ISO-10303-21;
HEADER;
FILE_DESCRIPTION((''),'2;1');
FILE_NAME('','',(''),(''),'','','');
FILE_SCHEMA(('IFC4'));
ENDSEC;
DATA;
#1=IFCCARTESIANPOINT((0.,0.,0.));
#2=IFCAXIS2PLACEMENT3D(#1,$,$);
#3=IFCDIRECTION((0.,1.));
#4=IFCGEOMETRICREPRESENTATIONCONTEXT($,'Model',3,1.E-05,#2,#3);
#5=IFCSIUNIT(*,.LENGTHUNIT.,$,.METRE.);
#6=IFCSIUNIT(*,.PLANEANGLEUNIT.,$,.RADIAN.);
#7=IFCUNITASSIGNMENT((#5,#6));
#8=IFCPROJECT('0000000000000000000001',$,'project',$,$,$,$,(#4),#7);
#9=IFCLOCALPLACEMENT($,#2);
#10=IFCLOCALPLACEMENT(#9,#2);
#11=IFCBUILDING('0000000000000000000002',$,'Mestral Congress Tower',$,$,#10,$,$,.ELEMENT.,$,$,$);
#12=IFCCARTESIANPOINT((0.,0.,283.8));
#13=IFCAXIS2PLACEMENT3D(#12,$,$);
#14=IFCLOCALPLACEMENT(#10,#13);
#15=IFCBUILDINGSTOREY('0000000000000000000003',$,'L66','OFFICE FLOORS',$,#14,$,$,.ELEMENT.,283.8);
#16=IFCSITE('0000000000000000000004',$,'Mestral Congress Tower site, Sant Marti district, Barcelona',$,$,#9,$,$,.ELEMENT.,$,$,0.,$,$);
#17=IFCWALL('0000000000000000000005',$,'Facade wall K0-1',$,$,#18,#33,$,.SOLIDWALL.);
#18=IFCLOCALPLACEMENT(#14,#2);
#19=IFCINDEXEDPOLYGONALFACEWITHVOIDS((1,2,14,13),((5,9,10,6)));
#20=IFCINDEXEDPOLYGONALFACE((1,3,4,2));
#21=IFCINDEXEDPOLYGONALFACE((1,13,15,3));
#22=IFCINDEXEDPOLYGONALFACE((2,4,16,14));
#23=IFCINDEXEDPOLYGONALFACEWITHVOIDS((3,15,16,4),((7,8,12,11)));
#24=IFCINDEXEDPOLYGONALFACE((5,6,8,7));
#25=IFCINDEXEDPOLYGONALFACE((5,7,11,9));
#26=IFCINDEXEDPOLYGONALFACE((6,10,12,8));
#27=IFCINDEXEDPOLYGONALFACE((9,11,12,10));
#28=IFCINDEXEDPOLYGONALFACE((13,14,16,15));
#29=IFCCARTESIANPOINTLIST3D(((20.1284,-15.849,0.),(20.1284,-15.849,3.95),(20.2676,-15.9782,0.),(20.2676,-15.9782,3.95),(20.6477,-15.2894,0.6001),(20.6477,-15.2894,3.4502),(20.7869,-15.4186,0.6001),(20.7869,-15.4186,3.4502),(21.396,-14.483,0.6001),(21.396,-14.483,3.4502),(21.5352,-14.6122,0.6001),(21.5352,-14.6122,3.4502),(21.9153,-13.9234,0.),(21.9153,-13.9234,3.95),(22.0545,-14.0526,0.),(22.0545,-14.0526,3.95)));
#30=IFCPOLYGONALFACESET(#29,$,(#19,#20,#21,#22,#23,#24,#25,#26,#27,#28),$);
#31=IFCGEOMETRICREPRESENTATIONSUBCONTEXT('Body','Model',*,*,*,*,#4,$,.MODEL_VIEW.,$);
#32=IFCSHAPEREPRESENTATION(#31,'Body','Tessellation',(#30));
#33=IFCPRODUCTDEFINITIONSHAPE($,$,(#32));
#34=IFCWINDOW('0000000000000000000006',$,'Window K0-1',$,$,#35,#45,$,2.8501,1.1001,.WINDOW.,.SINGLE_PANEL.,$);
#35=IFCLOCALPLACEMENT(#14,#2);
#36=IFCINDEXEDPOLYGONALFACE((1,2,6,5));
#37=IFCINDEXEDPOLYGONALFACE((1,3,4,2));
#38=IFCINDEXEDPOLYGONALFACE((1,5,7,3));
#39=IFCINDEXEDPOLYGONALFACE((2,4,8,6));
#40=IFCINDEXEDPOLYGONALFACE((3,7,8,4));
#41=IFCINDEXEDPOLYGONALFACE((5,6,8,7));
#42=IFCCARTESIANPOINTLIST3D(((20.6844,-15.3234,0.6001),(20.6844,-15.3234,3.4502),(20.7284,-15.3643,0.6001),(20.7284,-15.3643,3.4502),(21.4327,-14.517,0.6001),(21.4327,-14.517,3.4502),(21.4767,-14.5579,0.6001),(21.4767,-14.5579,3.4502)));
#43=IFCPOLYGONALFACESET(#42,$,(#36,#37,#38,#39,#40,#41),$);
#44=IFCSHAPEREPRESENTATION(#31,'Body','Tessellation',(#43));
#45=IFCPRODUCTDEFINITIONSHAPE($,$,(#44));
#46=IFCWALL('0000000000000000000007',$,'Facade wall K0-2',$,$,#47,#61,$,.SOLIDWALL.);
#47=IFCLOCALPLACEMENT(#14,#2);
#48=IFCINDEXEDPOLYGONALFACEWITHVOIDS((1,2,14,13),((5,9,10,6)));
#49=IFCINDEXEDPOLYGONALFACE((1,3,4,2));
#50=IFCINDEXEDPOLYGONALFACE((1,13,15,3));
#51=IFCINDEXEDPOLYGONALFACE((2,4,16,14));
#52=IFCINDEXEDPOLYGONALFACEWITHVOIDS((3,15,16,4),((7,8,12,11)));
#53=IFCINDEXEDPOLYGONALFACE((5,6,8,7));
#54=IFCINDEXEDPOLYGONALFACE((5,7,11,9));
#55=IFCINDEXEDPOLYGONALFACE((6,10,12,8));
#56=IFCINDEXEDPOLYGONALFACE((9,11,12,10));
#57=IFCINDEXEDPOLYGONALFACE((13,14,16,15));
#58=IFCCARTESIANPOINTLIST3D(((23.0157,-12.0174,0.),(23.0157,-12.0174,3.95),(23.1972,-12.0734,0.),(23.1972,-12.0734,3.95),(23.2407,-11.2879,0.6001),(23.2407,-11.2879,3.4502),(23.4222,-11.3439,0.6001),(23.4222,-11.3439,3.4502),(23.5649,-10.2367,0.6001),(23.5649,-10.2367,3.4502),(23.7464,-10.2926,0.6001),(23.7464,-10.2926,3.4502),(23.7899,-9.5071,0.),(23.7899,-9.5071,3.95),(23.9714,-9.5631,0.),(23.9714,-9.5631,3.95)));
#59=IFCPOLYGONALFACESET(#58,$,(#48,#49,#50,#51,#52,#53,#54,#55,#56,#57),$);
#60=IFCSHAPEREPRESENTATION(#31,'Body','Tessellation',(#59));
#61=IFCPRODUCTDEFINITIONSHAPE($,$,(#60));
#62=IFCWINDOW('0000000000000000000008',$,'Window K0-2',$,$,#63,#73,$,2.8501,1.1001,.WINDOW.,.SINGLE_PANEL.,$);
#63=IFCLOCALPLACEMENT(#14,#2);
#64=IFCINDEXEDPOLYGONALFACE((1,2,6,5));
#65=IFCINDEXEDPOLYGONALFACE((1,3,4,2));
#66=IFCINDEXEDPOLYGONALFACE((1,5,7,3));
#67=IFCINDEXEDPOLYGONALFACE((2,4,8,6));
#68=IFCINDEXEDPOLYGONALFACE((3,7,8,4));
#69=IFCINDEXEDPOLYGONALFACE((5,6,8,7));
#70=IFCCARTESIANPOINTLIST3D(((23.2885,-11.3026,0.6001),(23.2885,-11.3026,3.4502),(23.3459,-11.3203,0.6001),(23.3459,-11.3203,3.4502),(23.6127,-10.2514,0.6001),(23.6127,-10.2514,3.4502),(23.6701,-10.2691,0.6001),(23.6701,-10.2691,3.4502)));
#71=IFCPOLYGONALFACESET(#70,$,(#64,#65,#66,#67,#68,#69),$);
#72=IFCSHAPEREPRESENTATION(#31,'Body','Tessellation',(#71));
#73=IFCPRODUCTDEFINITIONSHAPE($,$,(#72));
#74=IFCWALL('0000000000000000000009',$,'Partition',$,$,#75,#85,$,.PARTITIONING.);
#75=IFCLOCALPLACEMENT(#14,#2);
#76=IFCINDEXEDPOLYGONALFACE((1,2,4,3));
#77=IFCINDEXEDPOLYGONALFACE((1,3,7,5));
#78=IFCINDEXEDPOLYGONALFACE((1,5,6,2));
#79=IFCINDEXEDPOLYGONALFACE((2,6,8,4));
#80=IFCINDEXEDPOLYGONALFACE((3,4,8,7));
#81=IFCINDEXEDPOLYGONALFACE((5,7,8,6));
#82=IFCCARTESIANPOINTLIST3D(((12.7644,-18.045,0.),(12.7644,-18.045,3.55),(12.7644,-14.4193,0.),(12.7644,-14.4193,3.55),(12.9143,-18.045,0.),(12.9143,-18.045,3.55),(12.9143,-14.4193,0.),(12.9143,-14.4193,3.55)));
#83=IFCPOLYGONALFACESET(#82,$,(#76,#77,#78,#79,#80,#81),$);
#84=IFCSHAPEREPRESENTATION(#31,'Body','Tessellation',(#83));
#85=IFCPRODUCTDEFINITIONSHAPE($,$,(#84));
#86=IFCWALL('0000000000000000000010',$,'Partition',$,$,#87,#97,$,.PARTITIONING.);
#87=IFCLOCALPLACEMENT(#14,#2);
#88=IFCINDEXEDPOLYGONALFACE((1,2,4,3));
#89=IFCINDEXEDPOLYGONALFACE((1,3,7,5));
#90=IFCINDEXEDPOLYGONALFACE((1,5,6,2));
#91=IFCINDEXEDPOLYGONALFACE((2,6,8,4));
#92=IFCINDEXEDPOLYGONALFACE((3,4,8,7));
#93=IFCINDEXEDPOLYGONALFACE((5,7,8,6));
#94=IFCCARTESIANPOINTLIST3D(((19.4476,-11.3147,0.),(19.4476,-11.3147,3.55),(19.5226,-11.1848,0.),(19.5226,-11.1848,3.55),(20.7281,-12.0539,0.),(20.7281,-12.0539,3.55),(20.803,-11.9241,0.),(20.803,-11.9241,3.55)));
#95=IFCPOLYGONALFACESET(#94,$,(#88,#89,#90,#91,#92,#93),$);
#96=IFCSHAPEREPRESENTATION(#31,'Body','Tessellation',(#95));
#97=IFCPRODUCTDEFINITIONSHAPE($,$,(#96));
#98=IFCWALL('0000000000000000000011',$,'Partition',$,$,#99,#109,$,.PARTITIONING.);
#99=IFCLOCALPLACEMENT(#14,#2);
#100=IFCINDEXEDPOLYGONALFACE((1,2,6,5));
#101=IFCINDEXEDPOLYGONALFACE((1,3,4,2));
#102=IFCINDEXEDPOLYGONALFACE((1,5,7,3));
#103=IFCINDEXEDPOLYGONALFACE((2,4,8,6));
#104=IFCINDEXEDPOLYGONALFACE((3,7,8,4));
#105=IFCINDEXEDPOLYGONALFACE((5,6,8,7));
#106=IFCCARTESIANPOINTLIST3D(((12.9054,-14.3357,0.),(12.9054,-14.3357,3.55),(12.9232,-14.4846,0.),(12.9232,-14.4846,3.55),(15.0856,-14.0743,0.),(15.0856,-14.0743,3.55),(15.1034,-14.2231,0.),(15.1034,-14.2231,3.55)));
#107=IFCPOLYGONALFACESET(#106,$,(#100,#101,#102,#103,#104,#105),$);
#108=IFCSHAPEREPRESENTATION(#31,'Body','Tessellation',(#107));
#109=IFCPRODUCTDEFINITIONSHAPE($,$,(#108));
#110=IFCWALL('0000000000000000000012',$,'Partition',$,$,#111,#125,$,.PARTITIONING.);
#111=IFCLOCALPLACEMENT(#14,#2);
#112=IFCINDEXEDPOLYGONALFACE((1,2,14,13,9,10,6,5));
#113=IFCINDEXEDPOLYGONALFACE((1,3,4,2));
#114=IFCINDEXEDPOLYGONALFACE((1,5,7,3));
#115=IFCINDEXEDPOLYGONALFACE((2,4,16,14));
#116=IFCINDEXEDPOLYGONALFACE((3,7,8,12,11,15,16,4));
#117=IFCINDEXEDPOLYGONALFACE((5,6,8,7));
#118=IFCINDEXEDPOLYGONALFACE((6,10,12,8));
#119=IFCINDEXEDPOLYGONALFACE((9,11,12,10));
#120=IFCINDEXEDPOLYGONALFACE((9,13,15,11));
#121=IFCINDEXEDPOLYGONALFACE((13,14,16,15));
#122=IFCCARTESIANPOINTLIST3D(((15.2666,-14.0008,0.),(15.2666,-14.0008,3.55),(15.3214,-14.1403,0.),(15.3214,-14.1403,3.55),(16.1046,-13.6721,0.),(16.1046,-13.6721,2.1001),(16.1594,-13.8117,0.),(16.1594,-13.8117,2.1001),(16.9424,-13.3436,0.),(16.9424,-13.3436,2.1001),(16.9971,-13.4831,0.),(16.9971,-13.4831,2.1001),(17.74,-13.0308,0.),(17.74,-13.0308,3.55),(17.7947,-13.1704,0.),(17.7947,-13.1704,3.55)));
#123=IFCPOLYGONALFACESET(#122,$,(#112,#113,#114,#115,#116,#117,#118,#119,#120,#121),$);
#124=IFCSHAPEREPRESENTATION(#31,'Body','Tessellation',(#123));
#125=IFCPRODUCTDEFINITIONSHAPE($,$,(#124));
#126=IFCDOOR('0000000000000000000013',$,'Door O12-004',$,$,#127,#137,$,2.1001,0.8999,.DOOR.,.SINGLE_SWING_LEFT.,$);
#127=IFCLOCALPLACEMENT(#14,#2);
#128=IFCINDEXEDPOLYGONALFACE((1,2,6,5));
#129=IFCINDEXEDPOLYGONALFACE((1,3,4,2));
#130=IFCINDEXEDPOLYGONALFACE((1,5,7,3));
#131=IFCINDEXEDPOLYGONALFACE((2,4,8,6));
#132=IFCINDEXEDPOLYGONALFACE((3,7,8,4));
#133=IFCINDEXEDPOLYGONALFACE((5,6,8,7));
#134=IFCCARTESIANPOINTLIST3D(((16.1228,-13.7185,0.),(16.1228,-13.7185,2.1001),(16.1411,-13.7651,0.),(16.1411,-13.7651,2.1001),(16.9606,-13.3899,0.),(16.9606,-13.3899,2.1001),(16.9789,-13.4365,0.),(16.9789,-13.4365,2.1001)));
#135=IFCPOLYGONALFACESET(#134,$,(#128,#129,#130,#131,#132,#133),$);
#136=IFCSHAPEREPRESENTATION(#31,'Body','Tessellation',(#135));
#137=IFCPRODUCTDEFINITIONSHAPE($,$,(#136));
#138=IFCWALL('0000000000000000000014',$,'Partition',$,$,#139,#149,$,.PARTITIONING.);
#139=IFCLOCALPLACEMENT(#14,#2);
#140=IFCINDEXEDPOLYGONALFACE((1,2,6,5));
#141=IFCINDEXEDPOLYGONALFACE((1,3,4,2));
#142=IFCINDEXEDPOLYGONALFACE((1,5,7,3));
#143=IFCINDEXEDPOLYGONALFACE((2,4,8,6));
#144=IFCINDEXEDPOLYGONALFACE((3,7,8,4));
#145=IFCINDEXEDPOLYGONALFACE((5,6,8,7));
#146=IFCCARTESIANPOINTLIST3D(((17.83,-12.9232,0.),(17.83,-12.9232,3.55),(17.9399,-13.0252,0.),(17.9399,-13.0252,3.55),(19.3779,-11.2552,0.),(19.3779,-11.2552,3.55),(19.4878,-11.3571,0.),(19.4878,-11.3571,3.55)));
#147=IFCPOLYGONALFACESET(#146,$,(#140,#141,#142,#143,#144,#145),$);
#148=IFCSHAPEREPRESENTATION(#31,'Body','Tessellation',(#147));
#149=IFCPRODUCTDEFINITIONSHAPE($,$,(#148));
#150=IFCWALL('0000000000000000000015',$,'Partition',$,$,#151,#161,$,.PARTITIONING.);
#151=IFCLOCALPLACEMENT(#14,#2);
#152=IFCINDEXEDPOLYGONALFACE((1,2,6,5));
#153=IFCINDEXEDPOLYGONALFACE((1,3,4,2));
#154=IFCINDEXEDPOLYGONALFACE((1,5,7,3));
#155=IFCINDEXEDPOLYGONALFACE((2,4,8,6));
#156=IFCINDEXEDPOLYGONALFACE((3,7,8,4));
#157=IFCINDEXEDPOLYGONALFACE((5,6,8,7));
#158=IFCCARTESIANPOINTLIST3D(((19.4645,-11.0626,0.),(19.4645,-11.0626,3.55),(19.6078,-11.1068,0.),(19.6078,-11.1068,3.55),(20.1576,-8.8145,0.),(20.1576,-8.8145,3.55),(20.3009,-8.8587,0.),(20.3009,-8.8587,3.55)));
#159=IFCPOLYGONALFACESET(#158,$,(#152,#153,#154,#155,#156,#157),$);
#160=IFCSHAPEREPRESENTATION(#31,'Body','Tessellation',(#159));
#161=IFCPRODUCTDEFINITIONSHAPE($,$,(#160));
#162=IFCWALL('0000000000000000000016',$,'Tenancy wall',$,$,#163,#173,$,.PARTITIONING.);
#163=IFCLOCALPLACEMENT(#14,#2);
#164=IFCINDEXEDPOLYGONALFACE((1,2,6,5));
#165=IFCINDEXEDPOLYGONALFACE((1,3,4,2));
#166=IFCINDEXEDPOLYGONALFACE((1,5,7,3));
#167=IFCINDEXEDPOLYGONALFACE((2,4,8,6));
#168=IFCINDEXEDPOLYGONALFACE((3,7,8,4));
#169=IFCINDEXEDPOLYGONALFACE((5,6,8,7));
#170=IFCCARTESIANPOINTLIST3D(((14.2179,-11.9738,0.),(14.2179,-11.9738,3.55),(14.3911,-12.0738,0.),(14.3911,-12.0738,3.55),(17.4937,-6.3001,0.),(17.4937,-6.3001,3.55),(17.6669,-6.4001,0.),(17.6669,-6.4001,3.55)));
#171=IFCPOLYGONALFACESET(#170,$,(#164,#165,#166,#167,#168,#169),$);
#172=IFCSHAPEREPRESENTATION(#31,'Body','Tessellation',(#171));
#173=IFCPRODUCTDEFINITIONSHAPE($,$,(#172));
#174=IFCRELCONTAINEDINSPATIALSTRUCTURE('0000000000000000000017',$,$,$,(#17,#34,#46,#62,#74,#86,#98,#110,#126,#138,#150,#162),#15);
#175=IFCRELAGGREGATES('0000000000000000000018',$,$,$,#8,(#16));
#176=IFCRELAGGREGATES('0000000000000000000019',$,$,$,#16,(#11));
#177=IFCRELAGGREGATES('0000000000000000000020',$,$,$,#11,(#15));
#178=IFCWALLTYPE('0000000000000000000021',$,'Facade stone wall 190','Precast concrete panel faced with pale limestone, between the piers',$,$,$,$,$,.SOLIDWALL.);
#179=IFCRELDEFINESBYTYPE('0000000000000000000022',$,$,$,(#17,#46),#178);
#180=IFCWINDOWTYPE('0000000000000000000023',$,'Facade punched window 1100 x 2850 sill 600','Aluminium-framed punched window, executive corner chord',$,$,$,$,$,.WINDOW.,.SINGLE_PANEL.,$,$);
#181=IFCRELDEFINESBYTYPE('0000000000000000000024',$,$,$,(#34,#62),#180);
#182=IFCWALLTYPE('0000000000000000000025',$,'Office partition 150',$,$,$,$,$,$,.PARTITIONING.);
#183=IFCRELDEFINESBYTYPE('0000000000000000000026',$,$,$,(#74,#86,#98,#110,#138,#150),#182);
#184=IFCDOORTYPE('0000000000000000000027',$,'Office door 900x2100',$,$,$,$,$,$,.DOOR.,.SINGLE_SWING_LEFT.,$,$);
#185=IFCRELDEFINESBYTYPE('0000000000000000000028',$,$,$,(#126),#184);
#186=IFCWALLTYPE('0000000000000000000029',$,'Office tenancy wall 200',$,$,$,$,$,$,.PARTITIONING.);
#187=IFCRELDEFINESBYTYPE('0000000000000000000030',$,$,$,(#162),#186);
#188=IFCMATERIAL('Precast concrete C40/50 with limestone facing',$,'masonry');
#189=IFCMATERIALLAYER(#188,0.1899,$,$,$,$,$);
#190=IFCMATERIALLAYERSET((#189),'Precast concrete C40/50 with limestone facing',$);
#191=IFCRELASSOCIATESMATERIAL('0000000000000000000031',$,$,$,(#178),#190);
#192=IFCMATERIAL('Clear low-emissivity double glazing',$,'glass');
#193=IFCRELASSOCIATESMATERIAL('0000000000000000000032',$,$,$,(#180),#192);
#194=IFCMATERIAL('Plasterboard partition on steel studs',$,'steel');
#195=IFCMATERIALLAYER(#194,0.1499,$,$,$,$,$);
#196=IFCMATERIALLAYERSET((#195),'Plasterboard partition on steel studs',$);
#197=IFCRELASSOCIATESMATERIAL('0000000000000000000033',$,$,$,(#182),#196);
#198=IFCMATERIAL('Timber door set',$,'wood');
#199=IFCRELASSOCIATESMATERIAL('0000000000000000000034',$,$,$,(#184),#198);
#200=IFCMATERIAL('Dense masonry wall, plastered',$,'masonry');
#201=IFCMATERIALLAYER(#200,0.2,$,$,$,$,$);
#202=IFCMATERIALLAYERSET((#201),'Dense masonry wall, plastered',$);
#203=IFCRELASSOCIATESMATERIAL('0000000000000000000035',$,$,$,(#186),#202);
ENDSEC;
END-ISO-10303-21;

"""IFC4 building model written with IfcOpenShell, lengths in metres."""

from ifc_helpers import new_model, si_unit, direction, frame, frame_2d, origin, place, context, subcontext, project, spatial, rectangle, extrude, material, layer, layer_set, type_object, element, fill, save


model = new_model("IFC4")

# Units and contexts
model_context = context("Model", 3, precision=1e-05, world=origin(), true_north=direction((0.0, 1.0)))
body_context = subcontext(model_context, "Body", "Model", "MODEL_VIEW")
ifc_project = project(units=[si_unit("LENGTHUNIT", "METRE"), si_unit("PLANEANGLEUNIT", "RADIAN")], contexts=[model_context])

# Site, building, storey
site_placement = place(None, origin())
site = spatial("IfcSite", under=ifc_project, at=site_placement, Name="Mestral Congress Tower site, Sant Marti district, Barcelona", CompositionType="ELEMENT", RefElevation=0.0)
building_placement = place(site_placement, origin())
building = spatial("IfcBuilding", under=site, at=building_placement, Name="Mestral Congress Tower", CompositionType="ELEMENT")
storey_placement = place(building_placement, frame((0.0, 0.0, 283.8)))
storey = spatial("IfcBuildingStorey", under=building, at=storey_placement, Name="L66", Description="OFFICE FLOORS", CompositionType="ELEMENT", Elevation=283.8)

# Walls, openings, windows
ifc_material_1 = material(Name="Precast concrete C40/50 with limestone facing", Category="masonry")
ifc_layer_1 = layer(ifc_material_1, 0.1899)
ifc_layer_set_1 = layer_set([ifc_layer_1], Name="Precast concrete C40/50 with limestone facing")
wall_type_1 = type_object("IfcWallType", Name="Facade stone wall 190", Description="Precast concrete panel faced with pale limestone, between the piers", PredefinedType="SOLIDWALL", material=ifc_layer_set_1)
ifc_material_2 = material(Name="Clear low-emissivity double glazing", Category="glass")
window_type = type_object("IfcWindowType", Name="Facade punched window 1100 x 2850 sill 600", Description="Aluminium-framed punched window, executive corner chord", PartitioningType="SINGLE_PANEL", PredefinedType="WINDOW", material=ifc_material_2)
wall_1_placement = place(storey_placement, frame((20.198, -15.9136, 0.0), z_axis=(0.0, 0.0, 1.0), x_axis=(0.680219, 0.733009, 0.0)))
wall_1 = element("IfcWall", 1, at=wall_1_placement, inside=storey, type_object=wall_type_1, Name="Facade wall K0-1", PredefinedType="SOLIDWALL", context=body_context, shape_type="SweptSolid", body=[
    extrude(rectangle(XDim=2.627, YDim=0.1899, at=frame_2d((1.3135, 0.0))), origin(), (0.0, 0.0, 1.0), 3.95),
])
opening_1_placement = place(wall_1_placement, frame((0.7634, 0.0, 0.6001)))
opening_1 = element("IfcOpeningElement", 2, at=opening_1_placement, cuts=wall_1, PredefinedType="OPENING", context=body_context, shape_type="SweptSolid", body=[
    extrude(rectangle(XDim=1.1001, YDim=2.8501, at=frame_2d((0.55, 1.425))), frame((0.0, 0.105, 0.0), z_axis=(0.0, -1.0, 0.0), x_axis=(1.0, 0.0, 0.0)), (0.0, 0.0, 1.0), 0.21),
])
window_1_placement = place(opening_1_placement, origin())
window_1 = element("IfcWindow", 3, at=window_1_placement, inside=storey, type_object=window_type, Name="Window K0-1", OverallHeight=2.8501, OverallWidth=1.1001, PartitioningType="SINGLE_PANEL", PredefinedType="WINDOW", context=body_context, shape_type="SweptSolid", body=[
    extrude(rectangle(XDim=1.1001, YDim=2.8501, at=frame_2d((0.55, 1.425))), frame((0.0, 0.0449, 0.0), z_axis=(0.0, -1.0, 0.0), x_axis=(1.0, 0.0, 0.0)), (0.0, 0.0, 1.0), 0.0601),
])
fill(opening_1, window_1)
wall_2_placement = place(storey_placement, frame((23.1064, -12.0454, 0.0), z_axis=(0.0, 0.0, 1.0), x_axis=(0.294706, 0.955588, 0.0)))
wall_2 = element("IfcWall", 4, at=wall_2_placement, inside=storey, type_object=wall_type_1, Name="Facade wall K0-2", PredefinedType="SOLIDWALL", context=body_context, shape_type="SweptSolid", body=[
    extrude(rectangle(XDim=2.627, YDim=0.1899, at=frame_2d((1.3135, 0.0))), origin(), (0.0, 0.0, 1.0), 3.95),
])
opening_2_placement = place(wall_2_placement, frame((0.7634, 0.0, 0.6001)))
opening_2 = element("IfcOpeningElement", 5, at=opening_2_placement, cuts=wall_2, PredefinedType="OPENING", context=body_context, shape_type="SweptSolid", body=[
    extrude(rectangle(XDim=1.1001, YDim=2.8501, at=frame_2d((0.55, 1.425))), frame((0.0, 0.105, 0.0), z_axis=(0.0, -1.0, 0.0), x_axis=(1.0, 0.0, 0.0)), (0.0, 0.0, 1.0), 0.21),
])
window_2_placement = place(opening_2_placement, origin())
window_2 = element("IfcWindow", 6, at=window_2_placement, inside=storey, type_object=window_type, Name="Window K0-2", OverallHeight=2.8501, OverallWidth=1.1001, PartitioningType="SINGLE_PANEL", PredefinedType="WINDOW", context=body_context, shape_type="SweptSolid", body=[
    extrude(rectangle(XDim=1.1001, YDim=2.8501, at=frame_2d((0.55, 1.425))), frame((0.0, 0.0449, 0.0), z_axis=(0.0, -1.0, 0.0), x_axis=(1.0, 0.0, 0.0)), (0.0, 0.0, 1.0), 0.0601),
])
fill(opening_2, window_2)

# Walls
ifc_material_3 = material(Name="Plasterboard partition on steel studs", Category="steel")
ifc_layer_2 = layer(ifc_material_3, 0.1499)
ifc_layer_set_2 = layer_set([ifc_layer_2], Name="Plasterboard partition on steel studs")
wall_type_2 = type_object("IfcWallType", Name="Office partition 150", PredefinedType="PARTITIONING", material=ifc_layer_set_2)
wall_3_placement = place(storey_placement, frame((12.8394, -14.4192, 0.0), z_axis=(0.0, 0.0, 1.0), x_axis=(0.0, -1.0, 0.0)))
element("IfcWall", 7, at=wall_3_placement, inside=storey, type_object=wall_type_2, Name="Partition", PredefinedType="PARTITIONING", context=body_context, shape_type="SweptSolid", body=[
    extrude(rectangle(XDim=3.6257, YDim=0.1499, at=frame_2d((1.813, 0.0))), origin(), (0.0, 0.0, 1.0), 3.55),
])
wall_4_placement = place(storey_placement, frame((19.4851, -11.2498, 0.0), z_axis=(0.0, 0.0, 1.0), x_axis=(0.86604, -0.499975, 0.0)))
element("IfcWall", 8, at=wall_4_placement, inside=storey, type_object=wall_type_2, Name="Partition", PredefinedType="PARTITIONING", context=body_context, shape_type="SweptSolid", body=[
    extrude(rectangle(XDim=1.4785, YDim=0.1499, at=frame_2d((0.7393, 0.0))), origin(), (0.0, 0.0, 1.0), 3.55),
])
wall_5_placement = place(storey_placement, frame((12.9143, -14.4102, 0.0), z_axis=(0.0, 0.0, 1.0), x_axis=(0.992885, 0.119079, 0.0)))
element("IfcWall", 9, at=wall_5_placement, inside=storey, type_object=wall_type_2, Name="Partition", PredefinedType="PARTITIONING", context=body_context, shape_type="SweptSolid", body=[
    extrude(rectangle(XDim=2.1958, YDim=0.1499, at=frame_2d((1.0979, 0.0))), origin(), (0.0, 0.0, 1.0), 3.55),
])

# Wall, opening, door
wall_6_placement = place(storey_placement, frame((17.7673, -13.1006, 0.0), z_axis=(0.0, 0.0, 1.0), x_axis=(-0.930971, -0.365092, 0.0)))
wall_6 = element("IfcWall", 10, at=wall_6_placement, inside=storey, type_object=wall_type_2, Name="Partition", PredefinedType="PARTITIONING", context=body_context, shape_type="SweptSolid", body=[
    extrude(rectangle(XDim=2.6567, YDim=0.1499, at=frame_2d((1.3284, 0.0))), origin(), (0.0, 0.0, 1.0), 3.55),
])
opening_3_placement = place(wall_6_placement, frame((0.8567, 0.0, 0.0)))
opening_3 = element("IfcOpeningElement", 11, at=opening_3_placement, cuts=wall_6, PredefinedType="OPENING", context=body_context, shape_type="SweptSolid", body=[
    extrude(rectangle(XDim=0.8999, YDim=2.1001, at=frame_2d((0.45, 1.05))), frame((0.0, 0.085, 0.0), z_axis=(0.0, -1.0, 0.0), x_axis=(1.0, 0.0, 0.0)), (0.0, 0.0, 1.0), 0.1699),
])
ifc_material_4 = material(Name="Timber door set", Category="wood")
door_type = type_object("IfcDoorType", Name="Office door 900x2100", OperationType="SINGLE_SWING_LEFT", PredefinedType="DOOR", material=ifc_material_4)
door_placement = place(opening_3_placement, origin())
door = element("IfcDoor", 12, at=door_placement, inside=storey, type_object=door_type, Name="Door O12-004", OperationType="SINGLE_SWING_LEFT", OverallHeight=2.1001, OverallWidth=0.8999, PredefinedType="DOOR", context=body_context, shape_type="SweptSolid", body=[
    extrude(rectangle(XDim=0.8999, YDim=2.1001, at=frame_2d((0.45, 1.05))), frame((0.0, 0.0249, 0.0), z_axis=(0.0, -1.0, 0.0), x_axis=(1.0, 0.0, 0.0)), (0.0, 0.0, 1.0), 0.05),
])
fill(opening_3, door)

# Walls
wall_7_placement = place(storey_placement, frame((17.885, -12.9741, 0.0), z_axis=(0.0, 0.0, 1.0), x_axis=(0.680221, 0.733007, 0.0)))
element("IfcWall", 13, at=wall_7_placement, inside=storey, type_object=wall_type_2, Name="Partition", PredefinedType="PARTITIONING", context=body_context, shape_type="SweptSolid", body=[
    extrude(rectangle(XDim=2.2756, YDim=0.1499, at=frame_2d((1.1377, 0.0))), origin(), (0.0, 0.0, 1.0), 3.55),
])
wall_8_placement = place(storey_placement, frame((19.5361, -11.0847, 0.0), z_axis=(0.0, 0.0, 1.0), x_axis=(0.294633, 0.955611, 0.0)))
element("IfcWall", 14, at=wall_8_placement, inside=storey, type_object=wall_type_2, Name="Partition", PredefinedType="PARTITIONING", context=body_context, shape_type="SweptSolid", body=[
    extrude(rectangle(XDim=2.3525, YDim=0.1499, at=frame_2d((1.1763, 0.0))), origin(), (0.0, 0.0, 1.0), 3.55),
])
ifc_material_5 = material(Name="Dense masonry wall, plastered", Category="masonry")
ifc_layer_3 = layer(ifc_material_5, 0.2)
ifc_layer_set_3 = layer_set([ifc_layer_3], Name="Dense masonry wall, plastered")
wall_type_3 = type_object("IfcWallType", Name="Office tenancy wall 200", PredefinedType="PARTITIONING", material=ifc_layer_set_3)
wall_9_placement = place(storey_placement, frame((14.3044, -12.0239, 0.0), z_axis=(0.0, 0.0, 1.0), x_axis=(0.500011, 0.866019, 0.0)))
element("IfcWall", 15, at=wall_9_placement, inside=storey, type_object=wall_type_3, Name="Tenancy wall", PredefinedType="PARTITIONING", context=body_context, shape_type="SweptSolid", body=[
    extrude(rectangle(XDim=6.5515, YDim=0.2, at=frame_2d((3.2759, 0.0))), origin(), (0.0, 0.0, 1.0), 3.55),
])

save(model, "model.ifc")
